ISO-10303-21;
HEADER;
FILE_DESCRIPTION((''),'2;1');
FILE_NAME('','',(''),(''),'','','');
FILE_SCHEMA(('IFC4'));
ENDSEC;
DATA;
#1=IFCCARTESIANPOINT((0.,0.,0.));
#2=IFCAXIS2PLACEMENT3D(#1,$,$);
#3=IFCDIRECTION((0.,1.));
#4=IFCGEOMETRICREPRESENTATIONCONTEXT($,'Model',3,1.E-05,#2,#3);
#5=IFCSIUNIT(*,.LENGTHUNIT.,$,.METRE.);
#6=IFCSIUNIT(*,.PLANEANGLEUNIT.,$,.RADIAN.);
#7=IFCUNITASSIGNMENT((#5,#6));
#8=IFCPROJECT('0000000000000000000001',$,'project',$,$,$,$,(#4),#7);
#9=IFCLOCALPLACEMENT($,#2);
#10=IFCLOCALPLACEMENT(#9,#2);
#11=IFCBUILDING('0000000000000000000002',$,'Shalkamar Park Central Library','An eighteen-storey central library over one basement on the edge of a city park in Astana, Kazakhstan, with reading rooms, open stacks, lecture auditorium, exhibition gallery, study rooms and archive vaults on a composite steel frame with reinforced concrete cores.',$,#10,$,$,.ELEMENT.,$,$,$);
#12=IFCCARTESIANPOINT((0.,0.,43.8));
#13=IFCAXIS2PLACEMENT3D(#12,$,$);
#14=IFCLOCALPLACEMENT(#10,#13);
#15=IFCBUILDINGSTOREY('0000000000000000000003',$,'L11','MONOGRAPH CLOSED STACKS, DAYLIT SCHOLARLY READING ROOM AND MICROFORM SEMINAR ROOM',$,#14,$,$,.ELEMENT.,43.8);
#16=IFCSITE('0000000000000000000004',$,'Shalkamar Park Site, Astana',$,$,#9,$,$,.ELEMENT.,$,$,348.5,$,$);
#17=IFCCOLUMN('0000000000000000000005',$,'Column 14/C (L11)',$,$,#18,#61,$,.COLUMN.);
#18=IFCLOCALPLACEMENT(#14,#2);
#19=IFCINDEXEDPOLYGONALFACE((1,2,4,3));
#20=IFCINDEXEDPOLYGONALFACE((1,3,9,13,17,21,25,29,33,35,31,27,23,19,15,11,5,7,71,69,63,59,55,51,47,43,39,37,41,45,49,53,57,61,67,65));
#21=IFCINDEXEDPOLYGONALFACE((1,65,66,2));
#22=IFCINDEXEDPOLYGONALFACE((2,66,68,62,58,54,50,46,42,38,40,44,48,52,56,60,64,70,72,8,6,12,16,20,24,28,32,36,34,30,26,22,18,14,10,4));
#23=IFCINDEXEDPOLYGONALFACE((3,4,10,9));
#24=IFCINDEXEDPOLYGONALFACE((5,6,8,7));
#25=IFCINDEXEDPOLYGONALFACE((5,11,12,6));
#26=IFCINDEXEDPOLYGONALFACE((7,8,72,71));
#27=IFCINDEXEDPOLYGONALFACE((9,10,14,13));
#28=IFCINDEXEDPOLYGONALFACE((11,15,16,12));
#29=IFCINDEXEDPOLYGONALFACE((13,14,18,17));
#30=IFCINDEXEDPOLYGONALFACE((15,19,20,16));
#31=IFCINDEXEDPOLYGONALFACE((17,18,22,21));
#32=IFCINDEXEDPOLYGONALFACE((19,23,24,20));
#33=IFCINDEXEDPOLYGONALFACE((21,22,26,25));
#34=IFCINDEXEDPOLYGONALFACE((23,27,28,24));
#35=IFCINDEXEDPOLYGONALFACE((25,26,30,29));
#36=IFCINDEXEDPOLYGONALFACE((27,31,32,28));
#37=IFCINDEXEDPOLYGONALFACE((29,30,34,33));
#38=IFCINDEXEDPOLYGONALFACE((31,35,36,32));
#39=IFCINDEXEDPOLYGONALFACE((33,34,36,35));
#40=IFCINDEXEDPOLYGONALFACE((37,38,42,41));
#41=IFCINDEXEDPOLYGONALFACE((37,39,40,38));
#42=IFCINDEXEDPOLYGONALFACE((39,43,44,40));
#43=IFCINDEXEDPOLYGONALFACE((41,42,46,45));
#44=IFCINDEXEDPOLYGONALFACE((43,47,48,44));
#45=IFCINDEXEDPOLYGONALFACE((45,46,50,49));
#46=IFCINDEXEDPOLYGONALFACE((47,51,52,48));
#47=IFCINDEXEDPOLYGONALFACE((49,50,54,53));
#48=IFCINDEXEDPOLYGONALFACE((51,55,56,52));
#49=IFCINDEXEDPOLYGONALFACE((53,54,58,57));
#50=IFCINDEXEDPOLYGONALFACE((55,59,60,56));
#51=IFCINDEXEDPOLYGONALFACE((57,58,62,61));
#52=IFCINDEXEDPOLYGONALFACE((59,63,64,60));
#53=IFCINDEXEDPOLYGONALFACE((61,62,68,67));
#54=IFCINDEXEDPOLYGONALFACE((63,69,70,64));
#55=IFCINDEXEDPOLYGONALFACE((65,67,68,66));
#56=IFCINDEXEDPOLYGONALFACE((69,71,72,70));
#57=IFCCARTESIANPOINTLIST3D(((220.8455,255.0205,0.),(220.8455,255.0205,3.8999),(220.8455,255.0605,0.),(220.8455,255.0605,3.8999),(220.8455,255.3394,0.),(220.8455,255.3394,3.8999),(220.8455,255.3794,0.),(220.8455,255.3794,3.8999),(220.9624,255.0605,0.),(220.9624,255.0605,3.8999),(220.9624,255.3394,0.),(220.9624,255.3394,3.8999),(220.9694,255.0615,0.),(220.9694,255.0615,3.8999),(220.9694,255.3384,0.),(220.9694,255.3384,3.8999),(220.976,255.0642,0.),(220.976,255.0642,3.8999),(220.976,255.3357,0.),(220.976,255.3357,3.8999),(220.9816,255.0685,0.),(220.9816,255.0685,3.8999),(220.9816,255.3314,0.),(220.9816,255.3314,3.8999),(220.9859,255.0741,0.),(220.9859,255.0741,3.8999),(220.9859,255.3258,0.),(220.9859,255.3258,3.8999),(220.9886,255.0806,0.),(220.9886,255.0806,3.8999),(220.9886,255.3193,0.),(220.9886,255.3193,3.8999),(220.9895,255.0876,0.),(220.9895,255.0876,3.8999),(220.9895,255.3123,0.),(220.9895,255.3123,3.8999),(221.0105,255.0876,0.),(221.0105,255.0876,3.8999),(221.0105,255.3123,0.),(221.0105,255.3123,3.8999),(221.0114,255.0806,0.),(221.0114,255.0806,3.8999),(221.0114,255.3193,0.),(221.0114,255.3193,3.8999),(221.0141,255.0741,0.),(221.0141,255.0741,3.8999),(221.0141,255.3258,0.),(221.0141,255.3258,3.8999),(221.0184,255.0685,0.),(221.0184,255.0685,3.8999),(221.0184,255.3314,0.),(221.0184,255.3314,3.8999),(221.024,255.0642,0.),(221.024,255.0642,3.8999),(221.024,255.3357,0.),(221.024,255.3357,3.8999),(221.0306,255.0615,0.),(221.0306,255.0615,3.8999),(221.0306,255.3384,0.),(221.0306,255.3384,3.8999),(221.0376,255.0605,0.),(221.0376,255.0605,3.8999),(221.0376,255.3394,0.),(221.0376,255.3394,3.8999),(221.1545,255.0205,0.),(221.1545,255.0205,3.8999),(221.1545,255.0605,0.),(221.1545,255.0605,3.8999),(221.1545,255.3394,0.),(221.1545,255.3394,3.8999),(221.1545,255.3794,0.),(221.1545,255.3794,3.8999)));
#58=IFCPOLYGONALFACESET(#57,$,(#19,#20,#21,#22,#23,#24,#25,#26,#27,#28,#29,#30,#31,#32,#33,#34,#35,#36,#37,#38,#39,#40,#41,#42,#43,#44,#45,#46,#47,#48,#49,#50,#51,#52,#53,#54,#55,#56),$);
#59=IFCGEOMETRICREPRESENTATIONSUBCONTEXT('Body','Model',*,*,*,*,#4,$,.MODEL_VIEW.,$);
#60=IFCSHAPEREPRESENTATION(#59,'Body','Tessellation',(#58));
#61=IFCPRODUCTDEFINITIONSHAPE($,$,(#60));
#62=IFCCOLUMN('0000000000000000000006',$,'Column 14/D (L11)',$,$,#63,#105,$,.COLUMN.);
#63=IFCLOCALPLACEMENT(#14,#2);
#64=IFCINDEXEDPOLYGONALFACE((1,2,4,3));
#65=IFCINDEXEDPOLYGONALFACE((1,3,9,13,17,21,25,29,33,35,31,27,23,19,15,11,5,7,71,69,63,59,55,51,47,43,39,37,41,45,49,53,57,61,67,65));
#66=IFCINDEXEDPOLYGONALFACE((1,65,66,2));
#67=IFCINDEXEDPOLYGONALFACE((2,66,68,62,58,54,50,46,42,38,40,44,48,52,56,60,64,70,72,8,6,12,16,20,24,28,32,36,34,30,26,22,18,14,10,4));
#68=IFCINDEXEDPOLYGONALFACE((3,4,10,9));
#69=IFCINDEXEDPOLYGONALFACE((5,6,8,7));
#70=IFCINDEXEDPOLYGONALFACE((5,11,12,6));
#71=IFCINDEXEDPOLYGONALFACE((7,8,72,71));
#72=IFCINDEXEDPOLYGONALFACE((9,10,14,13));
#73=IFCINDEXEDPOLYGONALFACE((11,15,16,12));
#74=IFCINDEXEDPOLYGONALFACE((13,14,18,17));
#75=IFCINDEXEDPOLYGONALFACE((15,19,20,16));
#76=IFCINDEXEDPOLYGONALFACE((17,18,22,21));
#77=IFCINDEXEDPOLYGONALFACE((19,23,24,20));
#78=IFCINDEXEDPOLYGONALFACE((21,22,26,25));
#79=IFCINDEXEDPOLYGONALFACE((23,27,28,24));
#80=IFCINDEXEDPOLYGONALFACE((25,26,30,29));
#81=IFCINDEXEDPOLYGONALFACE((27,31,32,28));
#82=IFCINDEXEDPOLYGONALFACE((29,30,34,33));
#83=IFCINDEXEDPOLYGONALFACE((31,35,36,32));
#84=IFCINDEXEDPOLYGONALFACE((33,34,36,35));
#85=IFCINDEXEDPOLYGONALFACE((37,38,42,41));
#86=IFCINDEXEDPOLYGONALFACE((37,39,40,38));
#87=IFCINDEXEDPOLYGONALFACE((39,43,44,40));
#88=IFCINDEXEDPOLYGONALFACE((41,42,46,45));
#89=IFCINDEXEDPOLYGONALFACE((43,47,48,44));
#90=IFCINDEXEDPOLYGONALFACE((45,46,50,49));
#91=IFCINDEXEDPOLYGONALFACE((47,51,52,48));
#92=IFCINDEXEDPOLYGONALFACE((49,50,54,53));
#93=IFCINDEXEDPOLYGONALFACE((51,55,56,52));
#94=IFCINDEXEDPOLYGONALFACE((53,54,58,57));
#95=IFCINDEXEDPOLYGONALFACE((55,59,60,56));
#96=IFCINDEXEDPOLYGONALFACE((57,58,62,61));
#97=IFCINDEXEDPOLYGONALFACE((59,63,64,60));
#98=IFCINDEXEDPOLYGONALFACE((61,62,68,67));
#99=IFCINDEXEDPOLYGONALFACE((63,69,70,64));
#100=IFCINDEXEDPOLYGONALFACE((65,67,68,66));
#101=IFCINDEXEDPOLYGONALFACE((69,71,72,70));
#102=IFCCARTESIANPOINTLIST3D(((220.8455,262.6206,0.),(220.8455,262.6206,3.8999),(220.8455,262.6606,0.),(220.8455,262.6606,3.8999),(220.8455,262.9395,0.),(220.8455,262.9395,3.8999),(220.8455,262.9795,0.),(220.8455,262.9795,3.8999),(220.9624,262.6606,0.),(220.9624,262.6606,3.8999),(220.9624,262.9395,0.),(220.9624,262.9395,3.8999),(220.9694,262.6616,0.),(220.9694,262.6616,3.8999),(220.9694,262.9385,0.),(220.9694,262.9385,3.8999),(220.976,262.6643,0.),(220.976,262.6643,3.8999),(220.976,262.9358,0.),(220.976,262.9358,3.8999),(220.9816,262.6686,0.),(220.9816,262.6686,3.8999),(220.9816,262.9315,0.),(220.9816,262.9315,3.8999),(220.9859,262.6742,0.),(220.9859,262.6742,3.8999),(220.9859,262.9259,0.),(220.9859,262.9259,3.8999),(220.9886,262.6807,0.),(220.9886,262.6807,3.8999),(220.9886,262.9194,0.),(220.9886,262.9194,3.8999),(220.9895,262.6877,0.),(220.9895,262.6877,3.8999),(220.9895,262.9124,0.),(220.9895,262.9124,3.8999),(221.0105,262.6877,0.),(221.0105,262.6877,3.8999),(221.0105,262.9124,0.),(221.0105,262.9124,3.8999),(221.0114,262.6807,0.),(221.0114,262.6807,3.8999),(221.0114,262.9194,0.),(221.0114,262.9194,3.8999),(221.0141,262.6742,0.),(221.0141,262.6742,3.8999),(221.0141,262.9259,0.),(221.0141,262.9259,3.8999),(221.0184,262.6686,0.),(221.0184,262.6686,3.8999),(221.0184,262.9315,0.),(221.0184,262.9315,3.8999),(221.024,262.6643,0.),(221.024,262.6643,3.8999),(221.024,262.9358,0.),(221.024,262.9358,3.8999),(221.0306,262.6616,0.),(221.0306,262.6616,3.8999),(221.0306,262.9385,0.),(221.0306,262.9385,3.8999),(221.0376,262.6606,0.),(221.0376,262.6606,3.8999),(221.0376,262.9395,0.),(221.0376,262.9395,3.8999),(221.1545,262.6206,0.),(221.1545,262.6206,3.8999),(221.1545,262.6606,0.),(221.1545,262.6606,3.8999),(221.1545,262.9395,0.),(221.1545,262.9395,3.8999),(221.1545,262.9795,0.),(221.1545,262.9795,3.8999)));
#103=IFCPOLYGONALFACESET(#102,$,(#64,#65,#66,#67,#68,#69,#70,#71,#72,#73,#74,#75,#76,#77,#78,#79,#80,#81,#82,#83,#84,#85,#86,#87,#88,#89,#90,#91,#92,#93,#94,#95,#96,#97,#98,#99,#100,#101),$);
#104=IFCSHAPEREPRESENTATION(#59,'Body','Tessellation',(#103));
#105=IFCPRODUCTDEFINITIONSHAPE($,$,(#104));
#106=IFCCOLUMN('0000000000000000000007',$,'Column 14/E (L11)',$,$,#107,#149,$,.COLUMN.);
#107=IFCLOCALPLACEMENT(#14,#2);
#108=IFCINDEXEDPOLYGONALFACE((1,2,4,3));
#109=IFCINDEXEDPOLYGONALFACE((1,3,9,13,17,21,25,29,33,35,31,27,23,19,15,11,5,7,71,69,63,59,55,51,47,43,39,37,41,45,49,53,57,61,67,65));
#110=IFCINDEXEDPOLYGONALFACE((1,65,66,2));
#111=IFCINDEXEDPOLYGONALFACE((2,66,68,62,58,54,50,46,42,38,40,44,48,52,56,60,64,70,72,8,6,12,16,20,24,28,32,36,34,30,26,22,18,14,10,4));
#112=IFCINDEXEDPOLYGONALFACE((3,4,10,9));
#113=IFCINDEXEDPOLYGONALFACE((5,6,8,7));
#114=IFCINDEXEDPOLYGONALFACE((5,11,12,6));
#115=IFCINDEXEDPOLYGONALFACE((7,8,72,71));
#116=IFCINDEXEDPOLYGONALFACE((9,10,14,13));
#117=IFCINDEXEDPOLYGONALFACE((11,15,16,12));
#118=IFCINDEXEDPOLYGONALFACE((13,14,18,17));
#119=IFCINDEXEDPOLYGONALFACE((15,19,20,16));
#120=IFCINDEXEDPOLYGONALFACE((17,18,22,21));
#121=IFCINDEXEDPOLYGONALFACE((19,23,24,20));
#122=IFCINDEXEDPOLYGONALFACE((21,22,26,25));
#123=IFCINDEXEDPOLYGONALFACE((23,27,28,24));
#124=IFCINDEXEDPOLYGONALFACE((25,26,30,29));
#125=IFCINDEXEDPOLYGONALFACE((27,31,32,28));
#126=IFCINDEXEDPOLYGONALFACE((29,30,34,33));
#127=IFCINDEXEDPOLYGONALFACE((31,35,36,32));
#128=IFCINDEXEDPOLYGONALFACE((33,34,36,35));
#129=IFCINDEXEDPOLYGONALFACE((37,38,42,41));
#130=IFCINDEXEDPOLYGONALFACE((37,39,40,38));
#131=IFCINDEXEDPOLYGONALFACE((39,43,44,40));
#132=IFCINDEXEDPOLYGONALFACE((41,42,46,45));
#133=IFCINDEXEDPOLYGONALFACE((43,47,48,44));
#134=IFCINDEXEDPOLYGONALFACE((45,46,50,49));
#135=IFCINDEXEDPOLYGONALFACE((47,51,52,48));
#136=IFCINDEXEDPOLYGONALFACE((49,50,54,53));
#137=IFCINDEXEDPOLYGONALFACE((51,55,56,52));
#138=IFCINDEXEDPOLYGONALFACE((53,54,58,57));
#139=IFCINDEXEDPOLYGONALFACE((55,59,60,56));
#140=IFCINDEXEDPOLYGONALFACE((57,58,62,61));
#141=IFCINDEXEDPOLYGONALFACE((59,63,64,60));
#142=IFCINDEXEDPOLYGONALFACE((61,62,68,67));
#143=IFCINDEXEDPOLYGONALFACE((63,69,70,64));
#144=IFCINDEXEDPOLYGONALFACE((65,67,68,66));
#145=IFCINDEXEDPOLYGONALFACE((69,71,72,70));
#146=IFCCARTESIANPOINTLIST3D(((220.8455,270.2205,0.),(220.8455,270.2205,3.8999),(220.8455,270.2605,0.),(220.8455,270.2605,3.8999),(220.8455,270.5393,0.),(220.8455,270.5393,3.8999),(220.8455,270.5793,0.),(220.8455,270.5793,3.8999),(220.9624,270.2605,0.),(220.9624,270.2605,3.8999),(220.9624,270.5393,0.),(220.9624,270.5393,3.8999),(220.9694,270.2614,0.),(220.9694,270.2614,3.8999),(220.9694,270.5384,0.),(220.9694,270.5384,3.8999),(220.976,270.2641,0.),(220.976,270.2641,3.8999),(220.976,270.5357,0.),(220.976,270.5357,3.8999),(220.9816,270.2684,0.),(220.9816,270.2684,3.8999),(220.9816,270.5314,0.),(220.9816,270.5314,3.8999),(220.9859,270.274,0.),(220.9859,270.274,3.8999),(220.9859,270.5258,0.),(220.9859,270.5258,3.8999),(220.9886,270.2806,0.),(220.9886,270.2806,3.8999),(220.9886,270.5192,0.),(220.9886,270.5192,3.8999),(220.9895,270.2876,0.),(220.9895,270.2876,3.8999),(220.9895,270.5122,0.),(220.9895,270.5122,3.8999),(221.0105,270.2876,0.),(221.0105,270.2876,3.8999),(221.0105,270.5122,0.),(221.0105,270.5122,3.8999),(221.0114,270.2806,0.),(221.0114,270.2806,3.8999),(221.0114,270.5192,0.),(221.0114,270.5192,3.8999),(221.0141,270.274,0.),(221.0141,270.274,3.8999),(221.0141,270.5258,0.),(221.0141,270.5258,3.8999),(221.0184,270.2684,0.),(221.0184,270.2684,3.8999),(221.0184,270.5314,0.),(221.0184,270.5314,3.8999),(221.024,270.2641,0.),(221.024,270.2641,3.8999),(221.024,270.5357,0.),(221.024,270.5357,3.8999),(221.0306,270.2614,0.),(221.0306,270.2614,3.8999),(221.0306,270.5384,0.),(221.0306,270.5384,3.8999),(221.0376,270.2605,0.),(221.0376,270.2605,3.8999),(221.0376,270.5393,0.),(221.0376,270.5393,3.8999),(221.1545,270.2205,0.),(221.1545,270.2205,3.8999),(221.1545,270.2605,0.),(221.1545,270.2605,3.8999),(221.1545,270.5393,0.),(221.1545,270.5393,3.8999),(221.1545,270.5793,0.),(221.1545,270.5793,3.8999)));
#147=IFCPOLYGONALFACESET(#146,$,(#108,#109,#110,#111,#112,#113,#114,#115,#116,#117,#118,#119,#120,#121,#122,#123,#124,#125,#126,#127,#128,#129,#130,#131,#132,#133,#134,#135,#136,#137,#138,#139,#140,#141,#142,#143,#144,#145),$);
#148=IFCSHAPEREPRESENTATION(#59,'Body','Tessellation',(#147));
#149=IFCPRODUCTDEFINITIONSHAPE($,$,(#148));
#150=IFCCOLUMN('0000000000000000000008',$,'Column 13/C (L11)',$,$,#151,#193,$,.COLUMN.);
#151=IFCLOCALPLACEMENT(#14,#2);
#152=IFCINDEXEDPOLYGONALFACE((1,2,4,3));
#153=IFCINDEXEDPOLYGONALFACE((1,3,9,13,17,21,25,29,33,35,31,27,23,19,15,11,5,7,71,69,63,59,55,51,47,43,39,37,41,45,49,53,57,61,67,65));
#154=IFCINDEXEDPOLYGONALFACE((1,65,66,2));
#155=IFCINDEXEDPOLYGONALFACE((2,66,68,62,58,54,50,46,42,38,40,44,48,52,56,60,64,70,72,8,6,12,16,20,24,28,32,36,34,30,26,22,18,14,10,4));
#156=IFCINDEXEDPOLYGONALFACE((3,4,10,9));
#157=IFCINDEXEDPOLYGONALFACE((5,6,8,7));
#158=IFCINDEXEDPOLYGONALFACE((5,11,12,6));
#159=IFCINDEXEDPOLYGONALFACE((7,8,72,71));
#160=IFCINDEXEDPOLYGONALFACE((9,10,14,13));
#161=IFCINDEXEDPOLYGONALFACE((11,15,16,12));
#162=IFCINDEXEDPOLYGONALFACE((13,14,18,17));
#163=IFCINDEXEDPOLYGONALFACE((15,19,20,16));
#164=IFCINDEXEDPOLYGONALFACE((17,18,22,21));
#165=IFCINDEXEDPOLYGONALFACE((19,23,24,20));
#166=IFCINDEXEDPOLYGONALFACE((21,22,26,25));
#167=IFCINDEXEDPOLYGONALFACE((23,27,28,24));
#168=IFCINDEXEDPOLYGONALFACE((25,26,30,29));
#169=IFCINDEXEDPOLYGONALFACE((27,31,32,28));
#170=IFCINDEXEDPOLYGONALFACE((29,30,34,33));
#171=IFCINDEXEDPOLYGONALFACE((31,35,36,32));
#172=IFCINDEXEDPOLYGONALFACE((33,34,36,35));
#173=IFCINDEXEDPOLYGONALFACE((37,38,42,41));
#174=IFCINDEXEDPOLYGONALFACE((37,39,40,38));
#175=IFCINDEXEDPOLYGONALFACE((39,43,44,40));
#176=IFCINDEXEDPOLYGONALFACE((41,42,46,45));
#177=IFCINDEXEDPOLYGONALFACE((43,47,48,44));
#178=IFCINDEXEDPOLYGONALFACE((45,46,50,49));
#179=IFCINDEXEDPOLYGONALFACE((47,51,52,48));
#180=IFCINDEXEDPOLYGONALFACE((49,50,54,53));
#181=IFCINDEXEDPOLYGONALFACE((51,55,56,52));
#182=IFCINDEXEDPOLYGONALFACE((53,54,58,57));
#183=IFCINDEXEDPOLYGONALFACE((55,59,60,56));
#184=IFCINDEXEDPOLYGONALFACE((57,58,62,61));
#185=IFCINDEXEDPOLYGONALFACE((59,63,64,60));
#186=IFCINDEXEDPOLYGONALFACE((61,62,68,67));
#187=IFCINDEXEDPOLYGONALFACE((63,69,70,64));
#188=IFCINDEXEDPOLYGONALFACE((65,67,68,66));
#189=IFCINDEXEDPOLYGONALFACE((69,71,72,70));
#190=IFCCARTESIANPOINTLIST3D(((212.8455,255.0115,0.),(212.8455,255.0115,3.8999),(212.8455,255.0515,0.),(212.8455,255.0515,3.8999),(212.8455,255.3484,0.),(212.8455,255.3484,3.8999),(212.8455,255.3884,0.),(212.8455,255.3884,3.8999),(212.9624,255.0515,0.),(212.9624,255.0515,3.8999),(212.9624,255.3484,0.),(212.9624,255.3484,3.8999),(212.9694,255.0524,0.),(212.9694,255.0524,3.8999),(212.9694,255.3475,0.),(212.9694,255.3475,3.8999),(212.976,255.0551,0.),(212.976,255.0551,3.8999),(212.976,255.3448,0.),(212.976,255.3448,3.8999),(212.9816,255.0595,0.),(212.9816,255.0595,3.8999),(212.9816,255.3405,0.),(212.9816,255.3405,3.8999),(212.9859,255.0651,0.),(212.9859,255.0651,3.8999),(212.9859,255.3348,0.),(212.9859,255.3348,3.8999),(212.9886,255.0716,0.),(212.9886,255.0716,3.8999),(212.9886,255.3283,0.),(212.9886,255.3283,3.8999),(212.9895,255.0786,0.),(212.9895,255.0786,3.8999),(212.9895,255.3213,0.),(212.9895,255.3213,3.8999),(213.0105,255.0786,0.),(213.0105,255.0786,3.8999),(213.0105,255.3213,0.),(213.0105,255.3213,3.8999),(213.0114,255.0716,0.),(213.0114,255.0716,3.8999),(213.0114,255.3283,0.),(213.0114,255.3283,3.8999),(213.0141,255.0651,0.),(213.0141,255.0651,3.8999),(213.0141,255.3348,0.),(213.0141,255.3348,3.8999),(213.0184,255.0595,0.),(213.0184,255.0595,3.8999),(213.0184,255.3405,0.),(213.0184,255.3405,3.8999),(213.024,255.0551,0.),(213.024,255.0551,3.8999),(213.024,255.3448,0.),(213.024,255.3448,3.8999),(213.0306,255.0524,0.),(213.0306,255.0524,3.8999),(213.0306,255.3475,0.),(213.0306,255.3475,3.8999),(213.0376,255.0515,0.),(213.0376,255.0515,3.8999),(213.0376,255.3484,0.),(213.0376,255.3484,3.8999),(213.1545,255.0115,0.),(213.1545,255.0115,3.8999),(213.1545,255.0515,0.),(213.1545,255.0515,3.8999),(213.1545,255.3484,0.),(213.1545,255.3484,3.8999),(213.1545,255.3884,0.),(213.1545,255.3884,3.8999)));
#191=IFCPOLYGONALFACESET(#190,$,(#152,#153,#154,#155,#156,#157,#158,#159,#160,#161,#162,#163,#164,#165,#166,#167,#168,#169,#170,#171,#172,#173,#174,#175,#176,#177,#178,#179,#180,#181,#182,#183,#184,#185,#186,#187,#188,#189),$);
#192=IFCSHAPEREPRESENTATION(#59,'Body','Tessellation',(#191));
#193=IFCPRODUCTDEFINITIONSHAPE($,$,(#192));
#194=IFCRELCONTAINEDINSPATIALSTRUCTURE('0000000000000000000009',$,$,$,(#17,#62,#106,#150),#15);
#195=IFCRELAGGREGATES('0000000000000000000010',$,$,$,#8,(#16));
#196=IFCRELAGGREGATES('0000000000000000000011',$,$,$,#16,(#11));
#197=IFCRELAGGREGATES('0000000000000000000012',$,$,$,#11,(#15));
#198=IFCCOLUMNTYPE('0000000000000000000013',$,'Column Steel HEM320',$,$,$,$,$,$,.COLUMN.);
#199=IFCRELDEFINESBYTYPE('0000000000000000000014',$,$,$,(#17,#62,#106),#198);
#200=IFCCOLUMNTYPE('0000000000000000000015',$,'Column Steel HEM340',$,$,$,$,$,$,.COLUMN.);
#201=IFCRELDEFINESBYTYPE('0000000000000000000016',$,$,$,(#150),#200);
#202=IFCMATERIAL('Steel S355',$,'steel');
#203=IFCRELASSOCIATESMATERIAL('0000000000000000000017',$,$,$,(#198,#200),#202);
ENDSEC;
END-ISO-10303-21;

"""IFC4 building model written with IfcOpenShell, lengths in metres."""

from ifc_helpers import new_model, si_unit, direction, frame, origin, origin_2d, place, context, subcontext, project, spatial, i_section, extrude, material, material_profile, profile_set, type_object, element, save


model = new_model("IFC4")

# Units and contexts
model_context = context("Model", 3, precision=1e-05, world=origin(), true_north=direction((0.0, 1.0)))
body_context = subcontext(model_context, "Body", "Model", "MODEL_VIEW")
ifc_project = project(units=[si_unit("LENGTHUNIT", "METRE"), si_unit("PLANEANGLEUNIT", "RADIAN")], contexts=[model_context])

# Site, building, storey
site_placement = place(None, origin())
site = spatial("IfcSite", under=ifc_project, at=site_placement, Name="Shalkamar Park Site, Astana", CompositionType="ELEMENT", RefElevation=348.5)
building_placement = place(site_placement, origin())
building = spatial("IfcBuilding", under=site, at=building_placement, Name="Shalkamar Park Central Library", Description="An eighteen-storey central library over one basement on the edge of a city park in Astana, Kazakhstan, with reading rooms, open stacks, lecture auditorium, exhibition gallery, study rooms and archive vaults on a composite steel frame with reinforced concrete cores.", CompositionType="ELEMENT")
storey_placement = place(building_placement, frame((0.0, 0.0, 43.8)))
storey = spatial("IfcBuildingStorey", under=building, at=storey_placement, Name="L11", Description="MONOGRAPH CLOSED STACKS, DAYLIT SCHOLARLY READING ROOM AND MICROFORM SEMINAR ROOM", CompositionType="ELEMENT", Elevation=43.8)

# Columns
ifc_material_1 = material(Name="Steel S355", Category="steel")
ifc_material_profile_1 = material_profile(ifc_material_1, i_section(OverallWidth=0.3091, OverallDepth=0.3589, WebThickness=0.021, FlangeThickness=0.04, FilletRadius=0.0271, at=origin_2d()), Name="HEM 320")
ifc_profile_set_1 = profile_set([ifc_material_profile_1], Name="Steel S355")
column_type_1 = type_object("IfcColumnType", Name="Column Steel HEM320", PredefinedType="COLUMN", material=ifc_profile_set_1)
for number, where, z_axis, x_axis, name in (
    (1, (221.0, 255.2, 0.0), (0.0, 0.0, 1.0), (1.0, 0.0, 0.0), "Column 14/C (L11)"),
    (2, (221.0, 262.8, 0.0), (0.0, 0.0, 1.0), (1.0, 0.0, 0.0), "Column 14/D (L11)"),
    (3, (221.0, 270.3999, 0.0), (0.0, 0.0, 1.0), (1.0, 0.0, 0.0), "Column 14/E (L11)"),
):
    element("IfcColumn", number, at=place(storey_placement, frame(where, z_axis=z_axis, x_axis=x_axis)), inside=storey, type_object=column_type_1, Name=name, PredefinedType="COLUMN", context=body_context, shape_type="SweptSolid", body=[
        extrude(i_section(OverallWidth=0.3091, OverallDepth=0.3589, WebThickness=0.021, FlangeThickness=0.04, FilletRadius=0.0271, at=origin_2d()), origin(), (0.0, 0.0, 1.0), 3.8999),
    ])
ifc_material_profile_2 = material_profile(ifc_material_1, i_section(OverallWidth=0.3091, OverallDepth=0.377, WebThickness=0.021, FlangeThickness=0.04, FilletRadius=0.0271, at=origin_2d()), Name="HEM 340")
ifc_profile_set_2 = profile_set([ifc_material_profile_2], Name="Steel S355")
column_type_2 = type_object("IfcColumnType", Name="Column Steel HEM340", PredefinedType="COLUMN", material=ifc_profile_set_2)
for number, where, z_axis, x_axis, name in (
    (4, (213.0, 255.2, 0.0), (0.0, 0.0, 1.0), (1.0, 0.0, 0.0), "Column 13/C (L11)"),
):
    element("IfcColumn", number, at=place(storey_placement, frame(where, z_axis=z_axis, x_axis=x_axis)), inside=storey, type_object=column_type_2, Name=name, PredefinedType="COLUMN", context=body_context, shape_type="SweptSolid", body=[
        extrude(i_section(OverallWidth=0.3091, OverallDepth=0.377, WebThickness=0.021, FlangeThickness=0.04, FilletRadius=0.0271, at=origin_2d()), origin(), (0.0, 0.0, 1.0), 3.8999),
    ])

save(model, "model.ifc")
